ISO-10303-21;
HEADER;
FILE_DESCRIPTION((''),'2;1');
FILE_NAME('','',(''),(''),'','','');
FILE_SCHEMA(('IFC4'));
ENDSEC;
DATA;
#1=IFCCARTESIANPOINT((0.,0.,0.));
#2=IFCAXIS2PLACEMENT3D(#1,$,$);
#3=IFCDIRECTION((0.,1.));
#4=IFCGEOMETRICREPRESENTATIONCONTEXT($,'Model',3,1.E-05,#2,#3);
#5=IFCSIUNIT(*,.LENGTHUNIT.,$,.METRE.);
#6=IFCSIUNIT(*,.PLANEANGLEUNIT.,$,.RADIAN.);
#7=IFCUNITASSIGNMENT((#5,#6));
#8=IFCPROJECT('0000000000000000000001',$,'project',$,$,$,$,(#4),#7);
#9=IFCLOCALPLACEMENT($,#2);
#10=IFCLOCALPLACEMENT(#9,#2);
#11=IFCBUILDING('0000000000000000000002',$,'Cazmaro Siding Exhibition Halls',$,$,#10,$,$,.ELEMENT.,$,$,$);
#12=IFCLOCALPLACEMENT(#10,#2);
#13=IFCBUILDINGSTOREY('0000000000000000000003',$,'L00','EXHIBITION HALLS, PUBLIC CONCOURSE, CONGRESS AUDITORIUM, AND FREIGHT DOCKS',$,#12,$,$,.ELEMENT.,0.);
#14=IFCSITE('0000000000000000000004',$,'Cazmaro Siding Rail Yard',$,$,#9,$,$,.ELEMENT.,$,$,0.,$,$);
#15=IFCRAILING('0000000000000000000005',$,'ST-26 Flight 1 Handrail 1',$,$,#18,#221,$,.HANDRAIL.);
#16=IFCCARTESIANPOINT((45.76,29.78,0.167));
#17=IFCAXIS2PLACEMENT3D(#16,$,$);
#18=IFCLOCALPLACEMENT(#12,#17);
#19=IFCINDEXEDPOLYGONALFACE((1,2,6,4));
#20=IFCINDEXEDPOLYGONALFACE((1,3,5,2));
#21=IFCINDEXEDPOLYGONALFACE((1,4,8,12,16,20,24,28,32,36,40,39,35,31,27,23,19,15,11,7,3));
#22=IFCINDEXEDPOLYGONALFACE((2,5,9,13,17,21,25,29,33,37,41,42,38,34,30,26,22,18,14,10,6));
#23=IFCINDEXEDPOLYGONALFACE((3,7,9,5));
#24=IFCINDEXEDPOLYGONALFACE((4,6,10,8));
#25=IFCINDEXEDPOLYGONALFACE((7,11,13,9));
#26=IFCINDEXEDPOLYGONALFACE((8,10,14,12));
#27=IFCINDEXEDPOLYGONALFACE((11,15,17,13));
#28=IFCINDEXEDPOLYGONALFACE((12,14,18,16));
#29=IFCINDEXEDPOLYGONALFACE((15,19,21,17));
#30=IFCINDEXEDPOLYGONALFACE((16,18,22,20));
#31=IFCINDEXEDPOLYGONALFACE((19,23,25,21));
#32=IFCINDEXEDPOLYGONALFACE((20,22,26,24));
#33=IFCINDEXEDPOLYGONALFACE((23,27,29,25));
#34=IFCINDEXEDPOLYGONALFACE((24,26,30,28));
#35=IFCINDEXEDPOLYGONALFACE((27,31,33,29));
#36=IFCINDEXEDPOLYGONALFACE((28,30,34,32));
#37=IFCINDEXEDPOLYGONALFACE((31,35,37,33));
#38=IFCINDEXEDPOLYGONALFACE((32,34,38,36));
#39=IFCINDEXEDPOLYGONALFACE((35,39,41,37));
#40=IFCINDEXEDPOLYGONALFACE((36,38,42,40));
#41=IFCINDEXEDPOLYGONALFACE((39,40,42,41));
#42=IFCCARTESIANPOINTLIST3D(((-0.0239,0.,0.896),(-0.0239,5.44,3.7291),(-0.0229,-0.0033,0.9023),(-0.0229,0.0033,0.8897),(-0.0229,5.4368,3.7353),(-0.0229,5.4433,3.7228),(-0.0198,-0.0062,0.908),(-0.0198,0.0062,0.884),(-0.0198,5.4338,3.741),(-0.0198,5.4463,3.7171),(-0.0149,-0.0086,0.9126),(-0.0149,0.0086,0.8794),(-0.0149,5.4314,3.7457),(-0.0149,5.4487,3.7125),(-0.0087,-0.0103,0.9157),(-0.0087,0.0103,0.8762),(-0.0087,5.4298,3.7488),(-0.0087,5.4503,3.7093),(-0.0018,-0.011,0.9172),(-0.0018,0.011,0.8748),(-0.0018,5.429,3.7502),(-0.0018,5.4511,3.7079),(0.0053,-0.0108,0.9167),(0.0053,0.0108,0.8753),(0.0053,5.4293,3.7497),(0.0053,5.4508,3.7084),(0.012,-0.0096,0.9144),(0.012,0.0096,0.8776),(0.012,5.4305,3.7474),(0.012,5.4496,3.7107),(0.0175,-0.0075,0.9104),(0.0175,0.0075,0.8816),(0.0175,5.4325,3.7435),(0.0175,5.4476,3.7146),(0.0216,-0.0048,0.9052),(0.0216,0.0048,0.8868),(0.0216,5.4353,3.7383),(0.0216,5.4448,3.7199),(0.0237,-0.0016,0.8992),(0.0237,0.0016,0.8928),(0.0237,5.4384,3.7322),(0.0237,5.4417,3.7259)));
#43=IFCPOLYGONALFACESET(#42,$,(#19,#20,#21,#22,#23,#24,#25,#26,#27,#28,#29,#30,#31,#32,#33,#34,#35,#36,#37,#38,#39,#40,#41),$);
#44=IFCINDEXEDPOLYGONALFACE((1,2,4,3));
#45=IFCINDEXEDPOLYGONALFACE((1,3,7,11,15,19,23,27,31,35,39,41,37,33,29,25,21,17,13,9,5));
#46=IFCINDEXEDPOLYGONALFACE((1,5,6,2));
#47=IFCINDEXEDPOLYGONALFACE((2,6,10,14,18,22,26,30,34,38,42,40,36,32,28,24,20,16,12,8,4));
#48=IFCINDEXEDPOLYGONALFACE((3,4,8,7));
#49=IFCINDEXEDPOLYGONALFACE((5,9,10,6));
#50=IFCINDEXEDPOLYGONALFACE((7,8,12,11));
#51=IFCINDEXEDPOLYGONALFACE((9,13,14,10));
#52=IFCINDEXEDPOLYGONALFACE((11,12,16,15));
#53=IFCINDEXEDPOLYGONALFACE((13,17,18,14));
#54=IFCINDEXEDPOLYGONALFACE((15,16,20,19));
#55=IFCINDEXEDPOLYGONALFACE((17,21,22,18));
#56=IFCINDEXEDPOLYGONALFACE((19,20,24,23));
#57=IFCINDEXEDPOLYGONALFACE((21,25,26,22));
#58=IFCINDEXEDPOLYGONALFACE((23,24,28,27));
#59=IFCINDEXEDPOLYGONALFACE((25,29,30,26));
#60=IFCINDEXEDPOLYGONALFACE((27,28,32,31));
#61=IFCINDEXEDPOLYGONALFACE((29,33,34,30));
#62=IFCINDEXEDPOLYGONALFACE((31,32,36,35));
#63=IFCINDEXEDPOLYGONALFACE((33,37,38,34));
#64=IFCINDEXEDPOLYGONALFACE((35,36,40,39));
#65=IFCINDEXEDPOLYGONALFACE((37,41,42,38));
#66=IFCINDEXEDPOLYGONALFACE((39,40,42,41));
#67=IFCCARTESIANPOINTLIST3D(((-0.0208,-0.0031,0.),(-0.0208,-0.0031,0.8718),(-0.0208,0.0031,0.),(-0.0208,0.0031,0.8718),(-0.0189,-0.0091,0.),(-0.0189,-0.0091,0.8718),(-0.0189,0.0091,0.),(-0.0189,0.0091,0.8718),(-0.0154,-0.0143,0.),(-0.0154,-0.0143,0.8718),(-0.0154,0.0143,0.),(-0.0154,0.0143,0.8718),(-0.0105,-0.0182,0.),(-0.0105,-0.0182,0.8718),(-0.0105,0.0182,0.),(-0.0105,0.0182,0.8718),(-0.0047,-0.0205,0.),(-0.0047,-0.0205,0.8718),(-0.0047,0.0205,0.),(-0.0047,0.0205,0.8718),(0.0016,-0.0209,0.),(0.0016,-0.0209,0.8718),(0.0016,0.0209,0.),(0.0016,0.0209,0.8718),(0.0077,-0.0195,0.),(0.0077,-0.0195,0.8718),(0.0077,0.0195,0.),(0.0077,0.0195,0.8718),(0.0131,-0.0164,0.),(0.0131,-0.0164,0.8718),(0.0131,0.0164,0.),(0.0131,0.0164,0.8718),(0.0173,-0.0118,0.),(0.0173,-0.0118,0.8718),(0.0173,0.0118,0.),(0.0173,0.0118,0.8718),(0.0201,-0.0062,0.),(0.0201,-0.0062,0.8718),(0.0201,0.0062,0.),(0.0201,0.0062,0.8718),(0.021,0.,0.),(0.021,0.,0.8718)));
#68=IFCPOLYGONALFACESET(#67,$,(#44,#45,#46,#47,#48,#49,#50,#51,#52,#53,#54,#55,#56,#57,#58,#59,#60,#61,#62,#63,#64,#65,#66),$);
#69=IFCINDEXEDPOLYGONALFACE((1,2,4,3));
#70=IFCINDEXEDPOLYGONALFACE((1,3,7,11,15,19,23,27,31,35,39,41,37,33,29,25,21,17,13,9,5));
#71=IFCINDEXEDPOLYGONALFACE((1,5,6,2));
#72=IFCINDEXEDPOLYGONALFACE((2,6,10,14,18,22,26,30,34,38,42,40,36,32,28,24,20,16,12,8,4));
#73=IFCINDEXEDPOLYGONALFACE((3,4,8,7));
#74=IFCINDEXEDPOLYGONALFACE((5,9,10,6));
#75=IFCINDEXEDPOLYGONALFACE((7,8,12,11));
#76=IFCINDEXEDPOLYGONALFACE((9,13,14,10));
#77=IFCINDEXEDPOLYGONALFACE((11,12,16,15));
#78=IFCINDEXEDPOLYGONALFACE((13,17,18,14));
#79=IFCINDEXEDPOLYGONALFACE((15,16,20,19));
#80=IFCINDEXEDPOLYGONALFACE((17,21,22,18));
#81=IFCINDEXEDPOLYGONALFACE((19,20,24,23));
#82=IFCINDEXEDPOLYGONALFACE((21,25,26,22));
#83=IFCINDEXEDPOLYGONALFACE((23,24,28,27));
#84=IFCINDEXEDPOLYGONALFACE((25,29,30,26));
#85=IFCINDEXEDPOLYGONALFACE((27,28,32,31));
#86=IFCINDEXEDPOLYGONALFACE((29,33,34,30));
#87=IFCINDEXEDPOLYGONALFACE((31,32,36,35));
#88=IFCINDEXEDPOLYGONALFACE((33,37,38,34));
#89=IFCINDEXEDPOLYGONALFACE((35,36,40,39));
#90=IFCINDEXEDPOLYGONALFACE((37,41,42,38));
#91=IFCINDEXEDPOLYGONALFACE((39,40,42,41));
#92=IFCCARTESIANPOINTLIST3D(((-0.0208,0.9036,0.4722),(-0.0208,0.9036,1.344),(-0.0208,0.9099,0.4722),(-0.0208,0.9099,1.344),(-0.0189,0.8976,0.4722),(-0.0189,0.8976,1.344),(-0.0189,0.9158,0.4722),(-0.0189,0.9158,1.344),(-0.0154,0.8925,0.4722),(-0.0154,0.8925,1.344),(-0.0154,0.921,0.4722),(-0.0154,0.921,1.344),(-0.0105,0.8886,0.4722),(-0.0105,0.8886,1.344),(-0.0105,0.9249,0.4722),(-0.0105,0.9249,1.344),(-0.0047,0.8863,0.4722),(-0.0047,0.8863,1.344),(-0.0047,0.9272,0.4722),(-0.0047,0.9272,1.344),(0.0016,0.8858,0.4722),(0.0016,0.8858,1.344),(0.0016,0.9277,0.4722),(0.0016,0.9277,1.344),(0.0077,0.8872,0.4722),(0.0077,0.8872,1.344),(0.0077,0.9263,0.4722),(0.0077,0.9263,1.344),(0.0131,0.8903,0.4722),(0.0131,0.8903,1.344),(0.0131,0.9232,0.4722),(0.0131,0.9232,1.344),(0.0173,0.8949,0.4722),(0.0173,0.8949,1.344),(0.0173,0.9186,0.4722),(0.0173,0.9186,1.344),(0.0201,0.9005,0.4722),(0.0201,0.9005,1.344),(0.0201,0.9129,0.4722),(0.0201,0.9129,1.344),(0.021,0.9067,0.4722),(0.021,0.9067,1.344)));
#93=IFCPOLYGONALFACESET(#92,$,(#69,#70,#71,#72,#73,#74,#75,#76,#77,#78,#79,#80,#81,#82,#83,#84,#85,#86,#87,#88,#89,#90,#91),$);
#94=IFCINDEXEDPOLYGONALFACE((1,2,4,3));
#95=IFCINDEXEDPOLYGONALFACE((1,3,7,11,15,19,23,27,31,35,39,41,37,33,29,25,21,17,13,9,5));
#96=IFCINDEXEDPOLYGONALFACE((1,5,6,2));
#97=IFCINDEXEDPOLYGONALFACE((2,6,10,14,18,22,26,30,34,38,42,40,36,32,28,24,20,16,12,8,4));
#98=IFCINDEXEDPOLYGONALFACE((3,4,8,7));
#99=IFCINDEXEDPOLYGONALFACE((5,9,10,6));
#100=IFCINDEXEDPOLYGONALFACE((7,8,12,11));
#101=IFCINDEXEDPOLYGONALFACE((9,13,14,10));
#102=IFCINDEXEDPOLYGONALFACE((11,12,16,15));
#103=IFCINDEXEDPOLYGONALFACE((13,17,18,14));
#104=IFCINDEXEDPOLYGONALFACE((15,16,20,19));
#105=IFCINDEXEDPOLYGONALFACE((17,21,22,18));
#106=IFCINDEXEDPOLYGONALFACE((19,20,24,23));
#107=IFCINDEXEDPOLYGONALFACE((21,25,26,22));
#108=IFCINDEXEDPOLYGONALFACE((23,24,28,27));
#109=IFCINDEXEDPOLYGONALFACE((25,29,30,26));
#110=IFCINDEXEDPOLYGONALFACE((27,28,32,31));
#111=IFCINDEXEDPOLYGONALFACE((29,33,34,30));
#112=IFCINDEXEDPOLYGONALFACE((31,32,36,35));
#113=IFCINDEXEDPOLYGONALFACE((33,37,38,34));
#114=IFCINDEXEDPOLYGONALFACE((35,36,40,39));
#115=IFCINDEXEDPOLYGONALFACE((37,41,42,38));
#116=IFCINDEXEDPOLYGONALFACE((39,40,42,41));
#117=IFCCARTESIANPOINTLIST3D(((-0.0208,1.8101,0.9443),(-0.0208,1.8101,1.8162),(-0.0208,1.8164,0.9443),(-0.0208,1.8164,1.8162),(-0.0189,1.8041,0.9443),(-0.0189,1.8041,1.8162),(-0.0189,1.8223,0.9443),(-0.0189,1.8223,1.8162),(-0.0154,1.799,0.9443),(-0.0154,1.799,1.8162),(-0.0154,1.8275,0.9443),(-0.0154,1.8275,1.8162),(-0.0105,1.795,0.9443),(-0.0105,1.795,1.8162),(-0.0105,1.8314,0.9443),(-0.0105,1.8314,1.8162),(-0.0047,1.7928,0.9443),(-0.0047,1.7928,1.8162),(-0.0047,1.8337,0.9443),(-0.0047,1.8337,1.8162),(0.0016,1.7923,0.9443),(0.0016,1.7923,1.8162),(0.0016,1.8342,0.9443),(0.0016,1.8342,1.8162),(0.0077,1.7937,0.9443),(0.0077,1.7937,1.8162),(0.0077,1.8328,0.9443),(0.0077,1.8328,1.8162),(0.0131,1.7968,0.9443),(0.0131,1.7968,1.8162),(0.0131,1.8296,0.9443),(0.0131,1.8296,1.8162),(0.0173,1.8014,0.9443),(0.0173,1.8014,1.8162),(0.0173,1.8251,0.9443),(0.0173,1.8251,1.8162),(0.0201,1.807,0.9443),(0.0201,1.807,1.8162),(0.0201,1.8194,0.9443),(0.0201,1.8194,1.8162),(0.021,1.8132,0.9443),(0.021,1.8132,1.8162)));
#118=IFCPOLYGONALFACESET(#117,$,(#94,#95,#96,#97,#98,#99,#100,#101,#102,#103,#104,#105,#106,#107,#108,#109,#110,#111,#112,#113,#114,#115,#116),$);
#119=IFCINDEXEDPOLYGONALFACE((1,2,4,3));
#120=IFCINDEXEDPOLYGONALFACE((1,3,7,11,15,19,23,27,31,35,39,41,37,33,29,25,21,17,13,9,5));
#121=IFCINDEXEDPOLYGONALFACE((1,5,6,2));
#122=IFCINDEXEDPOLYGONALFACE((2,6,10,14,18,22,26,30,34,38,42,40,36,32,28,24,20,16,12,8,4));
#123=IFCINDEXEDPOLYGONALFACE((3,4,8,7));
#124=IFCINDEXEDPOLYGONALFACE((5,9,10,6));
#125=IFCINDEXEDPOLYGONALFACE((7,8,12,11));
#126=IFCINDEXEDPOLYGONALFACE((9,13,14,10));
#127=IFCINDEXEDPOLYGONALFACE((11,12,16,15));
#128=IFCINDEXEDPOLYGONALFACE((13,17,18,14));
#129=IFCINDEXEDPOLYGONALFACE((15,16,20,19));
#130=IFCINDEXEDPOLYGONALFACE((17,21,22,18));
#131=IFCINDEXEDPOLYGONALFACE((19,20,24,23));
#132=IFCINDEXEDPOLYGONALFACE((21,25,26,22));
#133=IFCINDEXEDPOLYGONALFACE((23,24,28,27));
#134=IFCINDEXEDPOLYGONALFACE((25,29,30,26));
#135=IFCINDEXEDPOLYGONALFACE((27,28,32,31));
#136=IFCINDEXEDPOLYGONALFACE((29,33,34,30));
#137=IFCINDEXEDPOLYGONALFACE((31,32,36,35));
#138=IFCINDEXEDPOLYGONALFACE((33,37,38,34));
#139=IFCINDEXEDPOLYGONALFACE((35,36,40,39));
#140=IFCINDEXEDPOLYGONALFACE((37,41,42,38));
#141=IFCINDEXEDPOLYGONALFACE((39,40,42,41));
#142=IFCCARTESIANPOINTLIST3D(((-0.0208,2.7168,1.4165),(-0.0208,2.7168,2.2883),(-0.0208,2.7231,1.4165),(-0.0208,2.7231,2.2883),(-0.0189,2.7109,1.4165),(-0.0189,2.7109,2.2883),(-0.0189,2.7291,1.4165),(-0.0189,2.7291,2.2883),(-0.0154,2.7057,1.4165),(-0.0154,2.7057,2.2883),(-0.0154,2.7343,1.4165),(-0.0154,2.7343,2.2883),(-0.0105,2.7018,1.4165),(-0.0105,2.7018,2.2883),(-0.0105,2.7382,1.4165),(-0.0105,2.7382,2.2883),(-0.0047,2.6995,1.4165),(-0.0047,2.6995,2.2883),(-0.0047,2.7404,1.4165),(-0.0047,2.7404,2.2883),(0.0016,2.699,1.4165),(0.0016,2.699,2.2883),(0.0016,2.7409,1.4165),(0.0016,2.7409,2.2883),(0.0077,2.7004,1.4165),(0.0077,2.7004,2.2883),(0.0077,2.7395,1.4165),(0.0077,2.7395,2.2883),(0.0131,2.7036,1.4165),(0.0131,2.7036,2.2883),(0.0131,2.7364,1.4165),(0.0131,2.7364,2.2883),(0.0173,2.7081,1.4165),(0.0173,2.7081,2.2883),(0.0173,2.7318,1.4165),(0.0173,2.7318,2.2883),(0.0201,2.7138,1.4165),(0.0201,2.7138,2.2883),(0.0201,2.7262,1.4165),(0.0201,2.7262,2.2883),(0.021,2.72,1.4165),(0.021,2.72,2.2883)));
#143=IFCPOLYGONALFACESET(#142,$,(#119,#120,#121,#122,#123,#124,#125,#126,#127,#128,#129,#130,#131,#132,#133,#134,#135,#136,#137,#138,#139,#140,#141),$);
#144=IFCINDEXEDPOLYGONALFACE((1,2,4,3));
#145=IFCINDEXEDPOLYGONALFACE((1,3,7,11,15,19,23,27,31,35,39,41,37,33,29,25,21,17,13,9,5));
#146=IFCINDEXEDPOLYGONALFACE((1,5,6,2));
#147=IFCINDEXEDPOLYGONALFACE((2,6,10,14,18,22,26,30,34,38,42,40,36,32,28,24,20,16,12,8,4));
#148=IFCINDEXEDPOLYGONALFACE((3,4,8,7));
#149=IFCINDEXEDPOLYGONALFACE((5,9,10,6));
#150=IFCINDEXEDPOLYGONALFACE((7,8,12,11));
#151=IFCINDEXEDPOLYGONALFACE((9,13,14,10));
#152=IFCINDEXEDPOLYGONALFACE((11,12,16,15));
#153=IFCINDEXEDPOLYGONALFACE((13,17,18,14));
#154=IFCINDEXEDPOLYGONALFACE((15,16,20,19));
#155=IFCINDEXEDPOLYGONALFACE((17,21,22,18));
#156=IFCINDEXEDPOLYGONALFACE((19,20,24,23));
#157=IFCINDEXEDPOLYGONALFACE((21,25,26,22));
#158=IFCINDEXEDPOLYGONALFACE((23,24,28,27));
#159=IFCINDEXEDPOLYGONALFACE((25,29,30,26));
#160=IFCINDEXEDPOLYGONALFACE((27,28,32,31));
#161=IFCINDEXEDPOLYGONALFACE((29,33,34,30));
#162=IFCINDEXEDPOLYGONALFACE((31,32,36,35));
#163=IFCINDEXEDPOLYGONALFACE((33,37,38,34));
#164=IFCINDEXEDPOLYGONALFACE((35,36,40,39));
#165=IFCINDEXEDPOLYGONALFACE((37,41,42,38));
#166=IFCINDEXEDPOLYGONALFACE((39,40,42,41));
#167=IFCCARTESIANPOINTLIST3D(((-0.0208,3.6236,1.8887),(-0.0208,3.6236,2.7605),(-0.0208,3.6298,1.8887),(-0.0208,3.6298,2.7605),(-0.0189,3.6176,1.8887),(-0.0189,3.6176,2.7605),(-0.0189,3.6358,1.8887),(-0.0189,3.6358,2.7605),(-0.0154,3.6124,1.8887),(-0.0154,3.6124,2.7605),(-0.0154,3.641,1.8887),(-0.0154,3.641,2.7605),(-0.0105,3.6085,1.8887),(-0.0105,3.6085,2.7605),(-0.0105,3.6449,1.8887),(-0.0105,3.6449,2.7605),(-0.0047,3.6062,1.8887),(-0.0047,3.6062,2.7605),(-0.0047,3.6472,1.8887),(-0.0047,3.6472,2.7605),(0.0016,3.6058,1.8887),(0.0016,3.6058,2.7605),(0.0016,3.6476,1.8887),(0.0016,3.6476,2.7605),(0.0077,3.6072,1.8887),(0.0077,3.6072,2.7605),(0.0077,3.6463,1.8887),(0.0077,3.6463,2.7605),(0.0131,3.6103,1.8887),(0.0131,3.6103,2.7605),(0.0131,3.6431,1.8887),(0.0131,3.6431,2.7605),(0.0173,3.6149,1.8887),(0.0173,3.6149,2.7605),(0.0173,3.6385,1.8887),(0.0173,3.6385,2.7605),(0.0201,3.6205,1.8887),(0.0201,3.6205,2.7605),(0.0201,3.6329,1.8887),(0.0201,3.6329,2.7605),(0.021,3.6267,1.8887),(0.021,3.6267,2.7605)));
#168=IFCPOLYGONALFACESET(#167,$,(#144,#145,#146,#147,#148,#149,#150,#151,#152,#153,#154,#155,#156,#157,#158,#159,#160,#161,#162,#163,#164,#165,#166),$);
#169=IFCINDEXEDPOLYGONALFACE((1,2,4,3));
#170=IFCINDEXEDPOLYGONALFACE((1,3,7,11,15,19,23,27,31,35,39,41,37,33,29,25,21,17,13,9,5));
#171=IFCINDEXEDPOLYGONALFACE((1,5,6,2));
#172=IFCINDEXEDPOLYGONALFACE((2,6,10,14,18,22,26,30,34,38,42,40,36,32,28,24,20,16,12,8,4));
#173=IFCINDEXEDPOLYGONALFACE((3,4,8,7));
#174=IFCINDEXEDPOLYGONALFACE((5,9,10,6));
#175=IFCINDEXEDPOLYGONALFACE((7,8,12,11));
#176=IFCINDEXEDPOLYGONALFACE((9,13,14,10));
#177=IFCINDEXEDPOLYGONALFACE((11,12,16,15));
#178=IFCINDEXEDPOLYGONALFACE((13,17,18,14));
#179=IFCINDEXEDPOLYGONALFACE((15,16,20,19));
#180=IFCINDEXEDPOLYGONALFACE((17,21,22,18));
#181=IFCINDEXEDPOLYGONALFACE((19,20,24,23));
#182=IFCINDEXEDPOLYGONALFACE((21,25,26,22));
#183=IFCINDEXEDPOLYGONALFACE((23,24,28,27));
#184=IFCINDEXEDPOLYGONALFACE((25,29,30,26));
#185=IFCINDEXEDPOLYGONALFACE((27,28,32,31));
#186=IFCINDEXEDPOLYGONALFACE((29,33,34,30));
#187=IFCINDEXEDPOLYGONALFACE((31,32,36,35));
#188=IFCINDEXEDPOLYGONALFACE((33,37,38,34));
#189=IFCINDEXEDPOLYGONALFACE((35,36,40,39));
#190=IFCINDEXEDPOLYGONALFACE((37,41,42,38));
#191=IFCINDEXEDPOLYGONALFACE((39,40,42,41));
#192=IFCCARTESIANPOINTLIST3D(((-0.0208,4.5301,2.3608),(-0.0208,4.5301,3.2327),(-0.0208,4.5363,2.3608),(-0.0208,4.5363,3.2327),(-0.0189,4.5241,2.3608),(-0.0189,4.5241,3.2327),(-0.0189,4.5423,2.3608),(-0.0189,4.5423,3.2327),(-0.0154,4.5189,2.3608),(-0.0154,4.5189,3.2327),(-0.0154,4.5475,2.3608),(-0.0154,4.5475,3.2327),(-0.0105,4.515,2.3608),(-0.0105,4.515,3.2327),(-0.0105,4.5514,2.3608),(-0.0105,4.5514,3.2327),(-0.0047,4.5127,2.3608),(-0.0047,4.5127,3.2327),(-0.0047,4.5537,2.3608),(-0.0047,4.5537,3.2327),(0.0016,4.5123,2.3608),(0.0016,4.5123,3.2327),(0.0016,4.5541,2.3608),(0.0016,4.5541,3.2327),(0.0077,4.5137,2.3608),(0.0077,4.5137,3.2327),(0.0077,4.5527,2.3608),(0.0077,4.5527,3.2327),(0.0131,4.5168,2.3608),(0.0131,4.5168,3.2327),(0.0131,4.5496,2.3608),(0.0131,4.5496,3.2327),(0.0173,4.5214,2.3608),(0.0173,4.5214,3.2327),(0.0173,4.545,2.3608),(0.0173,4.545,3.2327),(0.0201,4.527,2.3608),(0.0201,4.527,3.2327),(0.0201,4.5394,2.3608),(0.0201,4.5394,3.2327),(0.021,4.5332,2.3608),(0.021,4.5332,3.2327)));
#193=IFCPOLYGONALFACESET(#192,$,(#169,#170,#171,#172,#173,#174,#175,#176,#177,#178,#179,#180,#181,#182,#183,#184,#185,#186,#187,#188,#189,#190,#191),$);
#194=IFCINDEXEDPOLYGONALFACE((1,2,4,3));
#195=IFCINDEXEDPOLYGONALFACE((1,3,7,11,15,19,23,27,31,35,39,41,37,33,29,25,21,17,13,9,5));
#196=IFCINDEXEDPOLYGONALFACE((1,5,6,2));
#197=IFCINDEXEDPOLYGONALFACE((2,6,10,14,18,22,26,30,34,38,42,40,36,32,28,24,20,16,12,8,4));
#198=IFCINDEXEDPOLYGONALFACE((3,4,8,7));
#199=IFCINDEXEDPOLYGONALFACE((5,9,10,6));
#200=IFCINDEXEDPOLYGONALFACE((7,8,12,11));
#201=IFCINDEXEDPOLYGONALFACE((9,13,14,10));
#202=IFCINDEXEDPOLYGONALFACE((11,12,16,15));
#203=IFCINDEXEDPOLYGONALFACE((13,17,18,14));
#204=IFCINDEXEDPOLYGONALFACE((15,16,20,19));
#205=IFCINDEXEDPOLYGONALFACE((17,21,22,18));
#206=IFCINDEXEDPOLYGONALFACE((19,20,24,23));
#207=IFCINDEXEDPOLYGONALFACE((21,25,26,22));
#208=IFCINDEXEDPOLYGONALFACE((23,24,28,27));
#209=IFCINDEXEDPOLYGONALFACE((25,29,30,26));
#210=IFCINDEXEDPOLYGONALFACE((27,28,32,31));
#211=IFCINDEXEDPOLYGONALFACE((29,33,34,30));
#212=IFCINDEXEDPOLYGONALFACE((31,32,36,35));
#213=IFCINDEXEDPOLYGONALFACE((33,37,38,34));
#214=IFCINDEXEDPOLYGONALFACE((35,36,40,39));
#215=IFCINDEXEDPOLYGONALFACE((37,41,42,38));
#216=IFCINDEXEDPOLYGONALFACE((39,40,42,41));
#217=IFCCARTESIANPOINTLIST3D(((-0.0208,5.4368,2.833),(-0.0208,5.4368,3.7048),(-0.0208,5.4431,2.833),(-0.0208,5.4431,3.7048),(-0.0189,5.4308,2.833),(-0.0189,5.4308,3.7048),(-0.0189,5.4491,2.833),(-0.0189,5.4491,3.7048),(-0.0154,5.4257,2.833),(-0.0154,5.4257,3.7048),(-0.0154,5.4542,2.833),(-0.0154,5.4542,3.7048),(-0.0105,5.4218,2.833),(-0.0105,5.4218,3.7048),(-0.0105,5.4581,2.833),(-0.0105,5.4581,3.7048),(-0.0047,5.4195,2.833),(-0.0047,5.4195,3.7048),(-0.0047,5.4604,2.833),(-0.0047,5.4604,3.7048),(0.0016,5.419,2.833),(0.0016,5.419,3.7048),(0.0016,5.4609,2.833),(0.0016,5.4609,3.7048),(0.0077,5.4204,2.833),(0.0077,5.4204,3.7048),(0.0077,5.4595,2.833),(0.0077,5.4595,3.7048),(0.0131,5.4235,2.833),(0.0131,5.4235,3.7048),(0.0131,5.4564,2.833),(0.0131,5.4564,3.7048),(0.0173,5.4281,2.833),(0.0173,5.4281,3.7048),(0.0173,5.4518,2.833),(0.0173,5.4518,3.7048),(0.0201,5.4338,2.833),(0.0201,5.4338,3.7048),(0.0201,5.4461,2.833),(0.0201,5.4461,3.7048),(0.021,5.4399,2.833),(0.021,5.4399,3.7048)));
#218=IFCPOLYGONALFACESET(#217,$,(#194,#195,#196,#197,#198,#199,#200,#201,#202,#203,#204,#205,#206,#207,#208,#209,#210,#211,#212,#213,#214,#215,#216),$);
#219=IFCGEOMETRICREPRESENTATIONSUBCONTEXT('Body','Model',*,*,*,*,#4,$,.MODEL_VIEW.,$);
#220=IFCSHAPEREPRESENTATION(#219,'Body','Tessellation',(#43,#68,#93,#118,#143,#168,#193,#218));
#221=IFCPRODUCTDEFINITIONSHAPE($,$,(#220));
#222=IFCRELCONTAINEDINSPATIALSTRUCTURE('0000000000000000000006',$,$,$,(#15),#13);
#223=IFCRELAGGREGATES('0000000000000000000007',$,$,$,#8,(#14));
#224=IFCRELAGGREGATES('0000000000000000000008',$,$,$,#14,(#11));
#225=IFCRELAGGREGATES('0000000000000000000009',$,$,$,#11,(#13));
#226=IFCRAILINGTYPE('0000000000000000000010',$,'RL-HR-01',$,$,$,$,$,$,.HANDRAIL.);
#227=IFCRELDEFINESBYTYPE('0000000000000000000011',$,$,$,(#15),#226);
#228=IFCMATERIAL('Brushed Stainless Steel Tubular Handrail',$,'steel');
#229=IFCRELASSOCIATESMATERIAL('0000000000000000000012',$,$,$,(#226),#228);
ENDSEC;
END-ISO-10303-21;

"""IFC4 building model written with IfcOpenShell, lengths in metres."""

from ifc_helpers import new_model, si_unit, direction, frame, origin, origin_2d, place, context, subcontext, project, spatial, circle, extrude, material, type_object, element, save


model = new_model("IFC4")

# Units and contexts
model_context = context("Model", 3, precision=1e-05, world=origin(), true_north=direction((0.0, 1.0)))
body_context = subcontext(model_context, "Body", "Model", "MODEL_VIEW")
ifc_project = project(units=[si_unit("LENGTHUNIT", "METRE"), si_unit("PLANEANGLEUNIT", "RADIAN")], contexts=[model_context])

# Site, building, storey
site_placement = place(None, origin())
site = spatial("IfcSite", under=ifc_project, at=site_placement, Name="Cazmaro Siding Rail Yard", CompositionType="ELEMENT", RefElevation=0.0)
building_placement = place(site_placement, origin())
building = spatial("IfcBuilding", under=site, at=building_placement, Name="Cazmaro Siding Exhibition Halls", CompositionType="ELEMENT")
storey_placement = place(building_placement, origin())
storey = spatial("IfcBuildingStorey", under=building, at=storey_placement, Name="L00", Description="EXHIBITION HALLS, PUBLIC CONCOURSE, CONGRESS AUDITORIUM, AND FREIGHT DOCKS", CompositionType="ELEMENT", Elevation=0.0)

# Railing
ifc_material_1 = material(Name="Brushed Stainless Steel Tubular Handrail", Category="steel")
railing_type_1 = type_object("IfcRailingType", Name="RL-HR-01", PredefinedType="HANDRAIL", material=ifc_material_1)
railing_1_placement = place(storey_placement, frame((45.76, 29.78, 0.167)))
element("IfcRailing", 1, at=railing_1_placement, inside=storey, type_object=railing_type_1, Name="ST-26 Flight 1 Handrail 1", PredefinedType="HANDRAIL", context=body_context, shape_type="SweptSolid", body=[
    extrude(circle(Radius=0.0239, at=origin_2d()), frame((0.0, 0.0, 0.896), z_axis=(0.0, 0.886934, 0.461897), x_axis=(-1.0, 0.0, 0.0)), (0.0, 0.0, 1.0), 6.1335),
    extrude(circle(Radius=0.021, at=origin_2d()), origin(), (0.0, 0.0, 1.0), 0.8718),
    extrude(circle(Radius=0.021, at=origin_2d()), frame((0.0, 0.9067, 0.4722)), (0.0, 0.0, 1.0), 0.8718),
    extrude(circle(Radius=0.021, at=origin_2d()), frame((0.0, 1.8132, 0.9443)), (0.0, 0.0, 1.0), 0.8718),
    extrude(circle(Radius=0.021, at=origin_2d()), frame((0.0, 2.72, 1.4165)), (0.0, 0.0, 1.0), 0.8718),
    extrude(circle(Radius=0.021, at=origin_2d()), frame((0.0, 3.6267, 1.8887)), (0.0, 0.0, 1.0), 0.8718),
    extrude(circle(Radius=0.021, at=origin_2d()), frame((0.0, 4.5332, 2.3608)), (0.0, 0.0, 1.0), 0.8718),
    extrude(circle(Radius=0.021, at=origin_2d()), frame((0.0, 5.4399, 2.833)), (0.0, 0.0, 1.0), 0.8718),
])

save(model, "model.ifc")
